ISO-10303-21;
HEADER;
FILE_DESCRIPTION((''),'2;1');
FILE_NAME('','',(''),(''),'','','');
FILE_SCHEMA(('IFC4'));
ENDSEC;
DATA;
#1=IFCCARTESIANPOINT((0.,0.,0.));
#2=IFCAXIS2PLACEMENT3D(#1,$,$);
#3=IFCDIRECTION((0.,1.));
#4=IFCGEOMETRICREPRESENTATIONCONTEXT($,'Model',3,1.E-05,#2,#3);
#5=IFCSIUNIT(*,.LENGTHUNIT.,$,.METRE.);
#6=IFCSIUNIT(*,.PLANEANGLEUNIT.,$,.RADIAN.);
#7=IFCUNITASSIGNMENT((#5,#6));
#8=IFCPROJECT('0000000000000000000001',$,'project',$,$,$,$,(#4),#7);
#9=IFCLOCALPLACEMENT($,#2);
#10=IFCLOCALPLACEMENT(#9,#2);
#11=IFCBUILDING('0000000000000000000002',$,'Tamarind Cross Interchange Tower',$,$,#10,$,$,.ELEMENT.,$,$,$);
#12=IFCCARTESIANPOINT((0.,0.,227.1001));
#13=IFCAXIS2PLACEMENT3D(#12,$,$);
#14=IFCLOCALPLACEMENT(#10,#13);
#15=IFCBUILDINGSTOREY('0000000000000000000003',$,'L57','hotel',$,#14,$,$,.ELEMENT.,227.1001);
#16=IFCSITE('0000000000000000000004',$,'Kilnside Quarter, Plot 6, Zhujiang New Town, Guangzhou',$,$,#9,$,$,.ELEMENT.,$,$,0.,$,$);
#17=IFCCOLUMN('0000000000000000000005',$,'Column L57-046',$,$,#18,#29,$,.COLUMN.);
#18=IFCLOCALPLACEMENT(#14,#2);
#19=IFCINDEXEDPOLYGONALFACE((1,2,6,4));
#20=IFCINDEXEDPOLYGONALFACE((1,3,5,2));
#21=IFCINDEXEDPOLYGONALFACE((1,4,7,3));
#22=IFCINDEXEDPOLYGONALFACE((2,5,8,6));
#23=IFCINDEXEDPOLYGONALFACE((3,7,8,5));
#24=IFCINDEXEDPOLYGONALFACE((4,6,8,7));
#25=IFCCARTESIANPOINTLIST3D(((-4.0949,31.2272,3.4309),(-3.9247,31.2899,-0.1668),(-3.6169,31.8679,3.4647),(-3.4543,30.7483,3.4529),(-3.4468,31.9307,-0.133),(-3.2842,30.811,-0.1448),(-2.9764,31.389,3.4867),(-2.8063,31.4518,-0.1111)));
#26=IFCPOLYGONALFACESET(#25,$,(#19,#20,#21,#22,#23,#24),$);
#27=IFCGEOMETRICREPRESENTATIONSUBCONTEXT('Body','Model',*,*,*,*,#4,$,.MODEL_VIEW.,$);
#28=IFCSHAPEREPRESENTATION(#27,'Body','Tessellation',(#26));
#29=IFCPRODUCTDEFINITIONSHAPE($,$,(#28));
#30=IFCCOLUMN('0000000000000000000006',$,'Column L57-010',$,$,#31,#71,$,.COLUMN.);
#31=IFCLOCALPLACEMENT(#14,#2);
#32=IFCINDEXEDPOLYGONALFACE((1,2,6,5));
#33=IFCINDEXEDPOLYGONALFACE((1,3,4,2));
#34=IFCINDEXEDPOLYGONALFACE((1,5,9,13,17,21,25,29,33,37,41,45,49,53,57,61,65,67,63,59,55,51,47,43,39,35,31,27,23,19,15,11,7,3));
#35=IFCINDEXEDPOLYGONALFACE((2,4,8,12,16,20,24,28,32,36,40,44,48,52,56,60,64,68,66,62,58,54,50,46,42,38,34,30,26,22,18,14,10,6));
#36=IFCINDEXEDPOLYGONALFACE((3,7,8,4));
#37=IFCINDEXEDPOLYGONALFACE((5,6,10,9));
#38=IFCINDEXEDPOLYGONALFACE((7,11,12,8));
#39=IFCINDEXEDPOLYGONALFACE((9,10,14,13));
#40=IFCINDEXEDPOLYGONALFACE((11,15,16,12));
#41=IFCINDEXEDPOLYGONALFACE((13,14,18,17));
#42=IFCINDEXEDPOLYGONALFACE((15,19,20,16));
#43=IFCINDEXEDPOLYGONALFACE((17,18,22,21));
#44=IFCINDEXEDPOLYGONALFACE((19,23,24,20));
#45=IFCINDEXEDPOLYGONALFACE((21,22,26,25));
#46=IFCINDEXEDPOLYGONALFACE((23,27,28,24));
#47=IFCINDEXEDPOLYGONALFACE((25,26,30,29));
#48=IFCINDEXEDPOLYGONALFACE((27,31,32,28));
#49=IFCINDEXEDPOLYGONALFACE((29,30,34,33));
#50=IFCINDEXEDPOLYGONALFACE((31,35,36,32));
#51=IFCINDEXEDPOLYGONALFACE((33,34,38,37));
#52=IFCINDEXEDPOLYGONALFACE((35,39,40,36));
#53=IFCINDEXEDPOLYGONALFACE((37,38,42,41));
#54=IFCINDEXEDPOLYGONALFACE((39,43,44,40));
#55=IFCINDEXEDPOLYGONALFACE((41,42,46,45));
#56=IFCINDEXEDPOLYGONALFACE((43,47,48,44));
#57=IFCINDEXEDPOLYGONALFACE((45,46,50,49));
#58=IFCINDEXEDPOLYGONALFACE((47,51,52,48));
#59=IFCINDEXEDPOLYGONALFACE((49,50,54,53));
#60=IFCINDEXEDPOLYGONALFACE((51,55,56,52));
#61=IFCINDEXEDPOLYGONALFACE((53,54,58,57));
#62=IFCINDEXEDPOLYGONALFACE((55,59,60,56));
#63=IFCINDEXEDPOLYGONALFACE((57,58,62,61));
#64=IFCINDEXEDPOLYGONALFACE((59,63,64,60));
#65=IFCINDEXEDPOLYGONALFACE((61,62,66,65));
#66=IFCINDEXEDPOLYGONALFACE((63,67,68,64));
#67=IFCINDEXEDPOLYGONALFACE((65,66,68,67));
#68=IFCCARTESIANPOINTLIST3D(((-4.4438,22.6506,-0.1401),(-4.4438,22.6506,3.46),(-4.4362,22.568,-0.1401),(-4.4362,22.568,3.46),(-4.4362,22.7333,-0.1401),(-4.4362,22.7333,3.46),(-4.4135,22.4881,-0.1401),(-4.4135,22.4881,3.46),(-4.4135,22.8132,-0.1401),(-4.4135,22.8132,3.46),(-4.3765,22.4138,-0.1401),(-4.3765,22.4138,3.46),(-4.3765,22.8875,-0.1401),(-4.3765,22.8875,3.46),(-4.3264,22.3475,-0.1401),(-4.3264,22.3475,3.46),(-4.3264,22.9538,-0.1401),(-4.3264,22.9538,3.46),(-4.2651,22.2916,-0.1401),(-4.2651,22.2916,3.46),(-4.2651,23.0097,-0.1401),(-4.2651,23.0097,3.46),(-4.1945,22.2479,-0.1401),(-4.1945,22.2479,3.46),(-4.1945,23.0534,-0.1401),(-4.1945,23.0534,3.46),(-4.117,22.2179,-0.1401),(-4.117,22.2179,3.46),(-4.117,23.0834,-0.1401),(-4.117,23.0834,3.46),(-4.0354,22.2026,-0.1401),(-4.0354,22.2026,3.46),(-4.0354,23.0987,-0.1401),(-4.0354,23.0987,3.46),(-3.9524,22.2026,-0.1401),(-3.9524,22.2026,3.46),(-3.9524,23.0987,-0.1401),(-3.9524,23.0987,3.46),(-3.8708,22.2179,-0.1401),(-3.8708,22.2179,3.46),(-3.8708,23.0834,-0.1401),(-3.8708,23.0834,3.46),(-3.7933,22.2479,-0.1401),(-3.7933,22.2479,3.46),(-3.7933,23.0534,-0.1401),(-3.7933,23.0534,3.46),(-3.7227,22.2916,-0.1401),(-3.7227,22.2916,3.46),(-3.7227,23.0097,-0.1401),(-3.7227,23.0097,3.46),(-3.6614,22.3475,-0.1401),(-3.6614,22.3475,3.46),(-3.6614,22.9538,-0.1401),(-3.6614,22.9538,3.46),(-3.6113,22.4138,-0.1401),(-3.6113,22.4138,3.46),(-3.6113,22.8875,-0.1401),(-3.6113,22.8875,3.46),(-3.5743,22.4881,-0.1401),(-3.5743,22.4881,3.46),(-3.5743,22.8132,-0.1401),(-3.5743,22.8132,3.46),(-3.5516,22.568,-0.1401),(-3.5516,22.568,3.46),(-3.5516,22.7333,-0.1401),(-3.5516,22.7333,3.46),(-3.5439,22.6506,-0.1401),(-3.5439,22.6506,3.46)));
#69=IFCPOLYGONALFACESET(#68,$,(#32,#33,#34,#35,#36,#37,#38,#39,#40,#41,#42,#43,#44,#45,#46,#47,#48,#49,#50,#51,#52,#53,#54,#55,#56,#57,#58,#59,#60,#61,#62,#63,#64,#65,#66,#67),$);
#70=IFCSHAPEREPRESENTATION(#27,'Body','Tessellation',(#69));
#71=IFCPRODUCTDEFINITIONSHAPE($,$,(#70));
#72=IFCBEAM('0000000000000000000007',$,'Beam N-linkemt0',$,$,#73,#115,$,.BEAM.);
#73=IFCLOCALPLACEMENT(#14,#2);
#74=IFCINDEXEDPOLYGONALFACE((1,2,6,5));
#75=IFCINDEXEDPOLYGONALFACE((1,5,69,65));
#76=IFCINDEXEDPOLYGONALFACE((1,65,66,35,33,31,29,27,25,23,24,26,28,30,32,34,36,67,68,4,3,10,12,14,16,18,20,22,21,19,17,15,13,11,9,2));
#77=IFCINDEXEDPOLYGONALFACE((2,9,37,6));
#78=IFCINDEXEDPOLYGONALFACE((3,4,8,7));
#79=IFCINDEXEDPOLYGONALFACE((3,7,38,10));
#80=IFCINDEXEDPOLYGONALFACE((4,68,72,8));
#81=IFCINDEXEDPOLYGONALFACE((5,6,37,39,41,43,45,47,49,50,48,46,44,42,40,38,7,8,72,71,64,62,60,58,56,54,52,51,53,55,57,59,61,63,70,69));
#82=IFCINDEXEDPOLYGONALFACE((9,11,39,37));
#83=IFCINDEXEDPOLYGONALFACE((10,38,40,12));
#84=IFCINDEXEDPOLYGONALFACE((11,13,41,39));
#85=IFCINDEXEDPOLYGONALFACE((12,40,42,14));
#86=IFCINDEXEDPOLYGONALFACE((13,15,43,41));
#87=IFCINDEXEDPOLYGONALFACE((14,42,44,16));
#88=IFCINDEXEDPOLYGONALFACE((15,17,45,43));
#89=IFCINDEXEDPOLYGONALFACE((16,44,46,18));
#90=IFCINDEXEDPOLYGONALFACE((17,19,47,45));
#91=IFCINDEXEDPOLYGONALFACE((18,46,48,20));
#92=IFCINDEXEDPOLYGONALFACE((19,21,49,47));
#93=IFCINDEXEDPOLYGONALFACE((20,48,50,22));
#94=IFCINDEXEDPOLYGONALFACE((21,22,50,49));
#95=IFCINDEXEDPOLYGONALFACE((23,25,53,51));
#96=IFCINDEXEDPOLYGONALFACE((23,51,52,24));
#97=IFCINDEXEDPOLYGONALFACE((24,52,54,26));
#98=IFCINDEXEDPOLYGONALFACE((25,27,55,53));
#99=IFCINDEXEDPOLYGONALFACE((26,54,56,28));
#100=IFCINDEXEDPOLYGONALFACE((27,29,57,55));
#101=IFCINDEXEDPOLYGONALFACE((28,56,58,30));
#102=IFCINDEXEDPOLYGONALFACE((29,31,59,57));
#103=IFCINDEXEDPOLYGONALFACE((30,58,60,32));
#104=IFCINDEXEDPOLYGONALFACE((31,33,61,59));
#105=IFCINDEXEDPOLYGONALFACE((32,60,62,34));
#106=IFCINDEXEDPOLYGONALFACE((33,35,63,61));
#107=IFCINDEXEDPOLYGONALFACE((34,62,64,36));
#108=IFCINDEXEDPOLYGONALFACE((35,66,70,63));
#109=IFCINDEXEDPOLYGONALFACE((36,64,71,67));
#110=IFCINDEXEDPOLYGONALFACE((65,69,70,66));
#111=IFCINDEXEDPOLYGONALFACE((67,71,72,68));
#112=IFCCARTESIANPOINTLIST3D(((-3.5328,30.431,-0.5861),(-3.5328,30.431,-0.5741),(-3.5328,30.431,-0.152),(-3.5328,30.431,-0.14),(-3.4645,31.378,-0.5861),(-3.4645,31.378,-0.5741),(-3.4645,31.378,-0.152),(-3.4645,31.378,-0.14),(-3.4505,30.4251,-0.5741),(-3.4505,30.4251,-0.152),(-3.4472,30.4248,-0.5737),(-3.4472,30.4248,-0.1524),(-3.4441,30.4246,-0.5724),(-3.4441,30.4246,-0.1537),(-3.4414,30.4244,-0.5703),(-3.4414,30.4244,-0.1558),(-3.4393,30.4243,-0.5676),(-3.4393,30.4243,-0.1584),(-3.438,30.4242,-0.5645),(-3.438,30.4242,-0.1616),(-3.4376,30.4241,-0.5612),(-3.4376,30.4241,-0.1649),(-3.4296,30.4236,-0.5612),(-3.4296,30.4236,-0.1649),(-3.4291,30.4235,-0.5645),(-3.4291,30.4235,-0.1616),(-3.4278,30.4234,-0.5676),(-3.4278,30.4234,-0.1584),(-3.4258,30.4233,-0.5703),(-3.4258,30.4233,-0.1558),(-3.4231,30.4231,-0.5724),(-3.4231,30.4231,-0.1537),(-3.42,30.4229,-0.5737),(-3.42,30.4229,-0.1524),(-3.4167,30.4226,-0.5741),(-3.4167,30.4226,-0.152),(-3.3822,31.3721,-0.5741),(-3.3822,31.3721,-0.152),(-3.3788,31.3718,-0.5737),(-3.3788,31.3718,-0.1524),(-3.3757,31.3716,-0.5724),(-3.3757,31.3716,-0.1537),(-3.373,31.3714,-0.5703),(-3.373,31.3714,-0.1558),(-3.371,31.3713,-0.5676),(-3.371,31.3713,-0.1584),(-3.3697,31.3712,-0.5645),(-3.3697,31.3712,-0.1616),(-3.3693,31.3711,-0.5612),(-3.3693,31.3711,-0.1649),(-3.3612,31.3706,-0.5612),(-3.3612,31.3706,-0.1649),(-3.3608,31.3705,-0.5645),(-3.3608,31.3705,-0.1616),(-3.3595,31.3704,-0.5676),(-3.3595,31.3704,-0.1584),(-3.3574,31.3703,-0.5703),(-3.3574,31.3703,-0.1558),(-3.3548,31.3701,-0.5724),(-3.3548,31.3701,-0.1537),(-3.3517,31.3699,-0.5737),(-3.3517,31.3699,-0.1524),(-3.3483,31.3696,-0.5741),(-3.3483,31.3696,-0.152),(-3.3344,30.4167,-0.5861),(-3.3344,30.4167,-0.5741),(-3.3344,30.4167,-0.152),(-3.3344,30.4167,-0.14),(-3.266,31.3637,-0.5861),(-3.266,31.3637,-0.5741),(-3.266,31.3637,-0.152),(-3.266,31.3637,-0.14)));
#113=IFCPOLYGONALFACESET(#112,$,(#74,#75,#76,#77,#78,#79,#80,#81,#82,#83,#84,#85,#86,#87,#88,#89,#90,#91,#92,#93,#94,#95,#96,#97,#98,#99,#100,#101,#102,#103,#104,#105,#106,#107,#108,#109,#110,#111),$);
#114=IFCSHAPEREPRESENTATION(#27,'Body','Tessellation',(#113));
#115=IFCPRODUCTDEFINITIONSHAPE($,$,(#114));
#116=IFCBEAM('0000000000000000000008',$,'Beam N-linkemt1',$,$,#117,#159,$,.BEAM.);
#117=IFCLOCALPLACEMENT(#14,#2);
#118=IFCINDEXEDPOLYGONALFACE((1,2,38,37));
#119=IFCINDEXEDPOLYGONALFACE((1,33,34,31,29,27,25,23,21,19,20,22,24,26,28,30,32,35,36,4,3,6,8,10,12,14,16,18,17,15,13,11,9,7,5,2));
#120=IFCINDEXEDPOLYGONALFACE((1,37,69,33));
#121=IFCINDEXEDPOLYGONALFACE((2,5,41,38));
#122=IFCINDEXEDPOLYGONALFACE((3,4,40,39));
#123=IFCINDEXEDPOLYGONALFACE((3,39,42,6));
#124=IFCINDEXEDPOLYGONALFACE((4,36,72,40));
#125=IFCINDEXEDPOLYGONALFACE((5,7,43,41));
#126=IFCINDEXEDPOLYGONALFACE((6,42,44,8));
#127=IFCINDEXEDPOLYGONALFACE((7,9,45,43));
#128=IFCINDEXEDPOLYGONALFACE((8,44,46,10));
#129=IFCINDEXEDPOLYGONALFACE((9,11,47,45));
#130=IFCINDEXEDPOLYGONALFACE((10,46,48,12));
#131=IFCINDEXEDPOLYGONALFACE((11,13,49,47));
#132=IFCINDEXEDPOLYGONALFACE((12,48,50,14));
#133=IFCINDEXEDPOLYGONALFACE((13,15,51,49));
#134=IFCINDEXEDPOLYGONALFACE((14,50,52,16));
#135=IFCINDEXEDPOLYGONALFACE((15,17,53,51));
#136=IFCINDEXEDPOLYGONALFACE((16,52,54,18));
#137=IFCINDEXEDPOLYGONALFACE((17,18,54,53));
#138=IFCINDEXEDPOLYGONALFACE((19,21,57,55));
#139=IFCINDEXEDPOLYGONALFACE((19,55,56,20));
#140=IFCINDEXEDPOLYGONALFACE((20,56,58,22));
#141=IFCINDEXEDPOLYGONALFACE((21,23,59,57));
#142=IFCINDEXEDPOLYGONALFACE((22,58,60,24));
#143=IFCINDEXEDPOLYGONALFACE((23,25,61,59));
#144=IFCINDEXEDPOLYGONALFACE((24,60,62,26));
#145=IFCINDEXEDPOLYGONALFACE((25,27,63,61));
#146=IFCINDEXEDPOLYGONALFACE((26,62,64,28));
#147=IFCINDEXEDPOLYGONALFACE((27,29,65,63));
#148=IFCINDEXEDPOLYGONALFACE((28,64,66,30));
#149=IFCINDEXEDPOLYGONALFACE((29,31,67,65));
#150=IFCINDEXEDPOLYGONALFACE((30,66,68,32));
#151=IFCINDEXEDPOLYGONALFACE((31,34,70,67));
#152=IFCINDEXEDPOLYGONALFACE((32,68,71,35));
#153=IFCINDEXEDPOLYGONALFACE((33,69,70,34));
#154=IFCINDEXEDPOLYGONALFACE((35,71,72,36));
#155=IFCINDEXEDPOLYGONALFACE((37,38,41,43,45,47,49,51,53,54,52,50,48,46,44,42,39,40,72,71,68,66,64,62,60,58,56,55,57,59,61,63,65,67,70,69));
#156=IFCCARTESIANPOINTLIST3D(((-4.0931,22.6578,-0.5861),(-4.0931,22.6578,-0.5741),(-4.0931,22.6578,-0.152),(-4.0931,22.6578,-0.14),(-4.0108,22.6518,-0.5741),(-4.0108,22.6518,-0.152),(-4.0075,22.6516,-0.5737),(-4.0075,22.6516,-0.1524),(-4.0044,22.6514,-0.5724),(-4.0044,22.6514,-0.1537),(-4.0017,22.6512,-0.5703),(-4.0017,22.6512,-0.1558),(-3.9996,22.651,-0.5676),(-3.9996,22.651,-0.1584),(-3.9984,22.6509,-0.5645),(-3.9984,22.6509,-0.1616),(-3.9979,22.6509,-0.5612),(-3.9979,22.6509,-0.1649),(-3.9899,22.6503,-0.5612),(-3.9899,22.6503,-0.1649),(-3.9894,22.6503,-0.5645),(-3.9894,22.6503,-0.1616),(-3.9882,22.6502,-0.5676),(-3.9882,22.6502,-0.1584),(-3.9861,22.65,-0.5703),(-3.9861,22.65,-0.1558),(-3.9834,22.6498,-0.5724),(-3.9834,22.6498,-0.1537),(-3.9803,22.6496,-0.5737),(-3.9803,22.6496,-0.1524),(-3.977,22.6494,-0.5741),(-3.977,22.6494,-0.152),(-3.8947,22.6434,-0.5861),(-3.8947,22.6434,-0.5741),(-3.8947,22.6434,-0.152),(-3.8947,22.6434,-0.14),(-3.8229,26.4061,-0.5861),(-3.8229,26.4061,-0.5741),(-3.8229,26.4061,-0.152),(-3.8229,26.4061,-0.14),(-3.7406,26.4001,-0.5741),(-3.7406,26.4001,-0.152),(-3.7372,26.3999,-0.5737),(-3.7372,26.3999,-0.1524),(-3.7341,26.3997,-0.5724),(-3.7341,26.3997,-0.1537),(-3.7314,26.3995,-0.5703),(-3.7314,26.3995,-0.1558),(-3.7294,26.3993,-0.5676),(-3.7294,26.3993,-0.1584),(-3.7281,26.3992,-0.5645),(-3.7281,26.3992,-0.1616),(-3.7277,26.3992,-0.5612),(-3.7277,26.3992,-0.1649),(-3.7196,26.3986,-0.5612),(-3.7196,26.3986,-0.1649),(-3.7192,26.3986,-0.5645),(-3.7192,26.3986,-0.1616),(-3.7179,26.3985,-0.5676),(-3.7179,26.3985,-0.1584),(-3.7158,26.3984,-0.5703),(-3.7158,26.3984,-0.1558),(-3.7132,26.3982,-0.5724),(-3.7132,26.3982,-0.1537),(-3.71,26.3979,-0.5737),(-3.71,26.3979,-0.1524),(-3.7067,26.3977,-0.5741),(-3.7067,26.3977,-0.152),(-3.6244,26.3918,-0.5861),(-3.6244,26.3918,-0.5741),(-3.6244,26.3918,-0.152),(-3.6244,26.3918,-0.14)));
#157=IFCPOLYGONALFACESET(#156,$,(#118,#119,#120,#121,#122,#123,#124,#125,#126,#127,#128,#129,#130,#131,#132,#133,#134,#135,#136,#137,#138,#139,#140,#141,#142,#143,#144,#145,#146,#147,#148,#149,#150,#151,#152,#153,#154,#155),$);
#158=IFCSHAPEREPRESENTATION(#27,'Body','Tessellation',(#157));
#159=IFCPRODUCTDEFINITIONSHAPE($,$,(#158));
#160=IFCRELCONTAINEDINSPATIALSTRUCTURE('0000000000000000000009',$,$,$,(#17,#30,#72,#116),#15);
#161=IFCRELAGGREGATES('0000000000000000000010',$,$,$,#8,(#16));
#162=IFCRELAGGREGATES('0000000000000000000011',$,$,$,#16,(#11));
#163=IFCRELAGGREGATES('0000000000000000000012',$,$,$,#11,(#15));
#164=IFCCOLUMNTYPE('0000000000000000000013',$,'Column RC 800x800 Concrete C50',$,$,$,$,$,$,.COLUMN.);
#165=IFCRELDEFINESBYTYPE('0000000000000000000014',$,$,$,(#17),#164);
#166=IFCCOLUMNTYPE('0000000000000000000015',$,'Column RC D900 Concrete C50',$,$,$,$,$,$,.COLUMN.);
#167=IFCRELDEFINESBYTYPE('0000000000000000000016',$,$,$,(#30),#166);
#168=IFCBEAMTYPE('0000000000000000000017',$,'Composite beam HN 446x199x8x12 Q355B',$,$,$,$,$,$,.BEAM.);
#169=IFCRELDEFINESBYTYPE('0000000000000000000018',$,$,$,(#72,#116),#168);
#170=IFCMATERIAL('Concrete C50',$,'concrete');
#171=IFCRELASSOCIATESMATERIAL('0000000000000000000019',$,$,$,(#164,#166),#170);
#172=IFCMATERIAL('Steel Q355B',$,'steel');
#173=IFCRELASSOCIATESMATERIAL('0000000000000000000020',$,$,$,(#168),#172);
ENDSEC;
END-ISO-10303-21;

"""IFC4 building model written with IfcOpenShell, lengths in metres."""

from ifc_helpers import new_model, si_unit, direction, frame, origin, origin_2d, place, context, subcontext, project, spatial, rectangle, circle, i_section, extrude, material, material_profile, profile_set, type_object, element, save


model = new_model("IFC4")

# Units and contexts
model_context = context("Model", 3, precision=1e-05, world=origin(), true_north=direction((0.0, 1.0)))
body_context = subcontext(model_context, "Body", "Model", "MODEL_VIEW")
ifc_project = project(units=[si_unit("LENGTHUNIT", "METRE"), si_unit("PLANEANGLEUNIT", "RADIAN")], contexts=[model_context])

# Site, building, storey
site_placement = place(None, origin())
site = spatial("IfcSite", under=ifc_project, at=site_placement, Name="Kilnside Quarter, Plot 6, Zhujiang New Town, Guangzhou", CompositionType="ELEMENT", RefElevation=0.0)
building_placement = place(site_placement, origin())
building = spatial("IfcBuilding", under=site, at=building_placement, Name="Tamarind Cross Interchange Tower", CompositionType="ELEMENT")
storey_placement = place(building_placement, frame((0.0, 0.0, 227.1001)))
storey = spatial("IfcBuildingStorey", under=building, at=storey_placement, Name="L57", Description="hotel", CompositionType="ELEMENT", Elevation=227.1001)

# Columns
ifc_material_1 = material(Name="Concrete C50", Category="concrete")
ifc_material_profile_1 = material_profile(ifc_material_1, rectangle(XDim=0.8, YDim=0.8, at=origin_2d()), Name="RC 800x800")
ifc_profile_set_1 = profile_set([ifc_material_profile_1], Name="Concrete C50")
column_type_1 = type_object("IfcColumnType", Name="Column RC 800x800 Concrete C50", PredefinedType="COLUMN", material=ifc_profile_set_1)
column_1_placement = place(storey_placement, frame((-3.3655, 31.3708, -0.1389), z_axis=(-0.047239, -0.017418, 0.998732), x_axis=(0.800586, -0.598589, 0.027427)))
element("IfcColumn", 1, at=column_1_placement, inside=storey, type_object=column_type_1, Name="Column L57-046", PredefinedType="COLUMN", context=body_context, shape_type="SweptSolid", body=[
    extrude(rectangle(XDim=0.8, YDim=0.8, at=origin_2d()), origin(), (0.0, 0.0, 1.0), 3.6023),
])
ifc_material_profile_2 = material_profile(ifc_material_1, circle(Radius=0.45, at=origin_2d()), Name="RC D900")
ifc_profile_set_2 = profile_set([ifc_material_profile_2], Name="Concrete C50")
column_type_2 = type_object("IfcColumnType", Name="Column RC D900 Concrete C50", PredefinedType="COLUMN", material=ifc_profile_set_2)
column_2_placement = place(storey_placement, frame((-3.9939, 22.6506, -0.1401), z_axis=(0.0, 0.0, 1.0), x_axis=(1.0, 0.0, 0.0)))
element("IfcColumn", 2, at=column_2_placement, inside=storey, type_object=column_type_2, Name="Column L57-010", PredefinedType="COLUMN", context=body_context, shape_type="SweptSolid", body=[
    extrude(circle(Radius=0.45, at=origin_2d()), origin(), (0.0, 0.0, 1.0), 3.6001),
])

# Beams
ifc_material_2 = material(Name="Steel Q355B", Category="steel")
ifc_material_profile_3 = material_profile(ifc_material_2, i_section(OverallWidth=0.199, OverallDepth=0.446, WebThickness=0.0081, FlangeThickness=0.012, FilletRadius=0.0129, at=origin_2d()), Name="HN 446x199x8x12")
ifc_profile_set_3 = profile_set([ifc_material_profile_3], Name="Steel Q355B")
beam_type_1 = type_object("IfcBeamType", Name="Composite beam HN 446x199x8x12 Q355B", PredefinedType="BEAM", material=ifc_profile_set_3)
beam_1_placement = place(storey_placement, frame((-3.3652, 31.3708, -0.363), z_axis=(-0.071996, -0.997405, 0.0), x_axis=(0.997405, -0.071996, 0.0)))
element("IfcBeam", 3, at=beam_1_placement, inside=storey, type_object=beam_type_1, Name="Beam N-linkemt0", PredefinedType="BEAM", context=body_context, shape_type="SweptSolid", body=[
    extrude(i_section(OverallWidth=0.199, OverallDepth=0.446, WebThickness=0.0081, FlangeThickness=0.012, FilletRadius=0.0129, at=origin_2d()), origin(), (0.0, 0.0, 1.0), 0.9495),
])
beam_2_placement = place(storey_placement, frame((-3.7236, 26.3989, -0.363), z_axis=(-0.071916, -0.997411, 0.0), x_axis=(0.997411, -0.071916, 0.0)))
element("IfcBeam", 4, at=beam_2_placement, inside=storey, type_object=beam_type_1, Name="Beam N-linkemt1", PredefinedType="BEAM", context=body_context, shape_type="SweptSolid", body=[
    extrude(i_section(OverallWidth=0.199, OverallDepth=0.446, WebThickness=0.0081, FlangeThickness=0.012, FilletRadius=0.0129, at=origin_2d()), origin(), (0.0, 0.0, 1.0), 3.7581),
])

save(model, "model.ifc")
